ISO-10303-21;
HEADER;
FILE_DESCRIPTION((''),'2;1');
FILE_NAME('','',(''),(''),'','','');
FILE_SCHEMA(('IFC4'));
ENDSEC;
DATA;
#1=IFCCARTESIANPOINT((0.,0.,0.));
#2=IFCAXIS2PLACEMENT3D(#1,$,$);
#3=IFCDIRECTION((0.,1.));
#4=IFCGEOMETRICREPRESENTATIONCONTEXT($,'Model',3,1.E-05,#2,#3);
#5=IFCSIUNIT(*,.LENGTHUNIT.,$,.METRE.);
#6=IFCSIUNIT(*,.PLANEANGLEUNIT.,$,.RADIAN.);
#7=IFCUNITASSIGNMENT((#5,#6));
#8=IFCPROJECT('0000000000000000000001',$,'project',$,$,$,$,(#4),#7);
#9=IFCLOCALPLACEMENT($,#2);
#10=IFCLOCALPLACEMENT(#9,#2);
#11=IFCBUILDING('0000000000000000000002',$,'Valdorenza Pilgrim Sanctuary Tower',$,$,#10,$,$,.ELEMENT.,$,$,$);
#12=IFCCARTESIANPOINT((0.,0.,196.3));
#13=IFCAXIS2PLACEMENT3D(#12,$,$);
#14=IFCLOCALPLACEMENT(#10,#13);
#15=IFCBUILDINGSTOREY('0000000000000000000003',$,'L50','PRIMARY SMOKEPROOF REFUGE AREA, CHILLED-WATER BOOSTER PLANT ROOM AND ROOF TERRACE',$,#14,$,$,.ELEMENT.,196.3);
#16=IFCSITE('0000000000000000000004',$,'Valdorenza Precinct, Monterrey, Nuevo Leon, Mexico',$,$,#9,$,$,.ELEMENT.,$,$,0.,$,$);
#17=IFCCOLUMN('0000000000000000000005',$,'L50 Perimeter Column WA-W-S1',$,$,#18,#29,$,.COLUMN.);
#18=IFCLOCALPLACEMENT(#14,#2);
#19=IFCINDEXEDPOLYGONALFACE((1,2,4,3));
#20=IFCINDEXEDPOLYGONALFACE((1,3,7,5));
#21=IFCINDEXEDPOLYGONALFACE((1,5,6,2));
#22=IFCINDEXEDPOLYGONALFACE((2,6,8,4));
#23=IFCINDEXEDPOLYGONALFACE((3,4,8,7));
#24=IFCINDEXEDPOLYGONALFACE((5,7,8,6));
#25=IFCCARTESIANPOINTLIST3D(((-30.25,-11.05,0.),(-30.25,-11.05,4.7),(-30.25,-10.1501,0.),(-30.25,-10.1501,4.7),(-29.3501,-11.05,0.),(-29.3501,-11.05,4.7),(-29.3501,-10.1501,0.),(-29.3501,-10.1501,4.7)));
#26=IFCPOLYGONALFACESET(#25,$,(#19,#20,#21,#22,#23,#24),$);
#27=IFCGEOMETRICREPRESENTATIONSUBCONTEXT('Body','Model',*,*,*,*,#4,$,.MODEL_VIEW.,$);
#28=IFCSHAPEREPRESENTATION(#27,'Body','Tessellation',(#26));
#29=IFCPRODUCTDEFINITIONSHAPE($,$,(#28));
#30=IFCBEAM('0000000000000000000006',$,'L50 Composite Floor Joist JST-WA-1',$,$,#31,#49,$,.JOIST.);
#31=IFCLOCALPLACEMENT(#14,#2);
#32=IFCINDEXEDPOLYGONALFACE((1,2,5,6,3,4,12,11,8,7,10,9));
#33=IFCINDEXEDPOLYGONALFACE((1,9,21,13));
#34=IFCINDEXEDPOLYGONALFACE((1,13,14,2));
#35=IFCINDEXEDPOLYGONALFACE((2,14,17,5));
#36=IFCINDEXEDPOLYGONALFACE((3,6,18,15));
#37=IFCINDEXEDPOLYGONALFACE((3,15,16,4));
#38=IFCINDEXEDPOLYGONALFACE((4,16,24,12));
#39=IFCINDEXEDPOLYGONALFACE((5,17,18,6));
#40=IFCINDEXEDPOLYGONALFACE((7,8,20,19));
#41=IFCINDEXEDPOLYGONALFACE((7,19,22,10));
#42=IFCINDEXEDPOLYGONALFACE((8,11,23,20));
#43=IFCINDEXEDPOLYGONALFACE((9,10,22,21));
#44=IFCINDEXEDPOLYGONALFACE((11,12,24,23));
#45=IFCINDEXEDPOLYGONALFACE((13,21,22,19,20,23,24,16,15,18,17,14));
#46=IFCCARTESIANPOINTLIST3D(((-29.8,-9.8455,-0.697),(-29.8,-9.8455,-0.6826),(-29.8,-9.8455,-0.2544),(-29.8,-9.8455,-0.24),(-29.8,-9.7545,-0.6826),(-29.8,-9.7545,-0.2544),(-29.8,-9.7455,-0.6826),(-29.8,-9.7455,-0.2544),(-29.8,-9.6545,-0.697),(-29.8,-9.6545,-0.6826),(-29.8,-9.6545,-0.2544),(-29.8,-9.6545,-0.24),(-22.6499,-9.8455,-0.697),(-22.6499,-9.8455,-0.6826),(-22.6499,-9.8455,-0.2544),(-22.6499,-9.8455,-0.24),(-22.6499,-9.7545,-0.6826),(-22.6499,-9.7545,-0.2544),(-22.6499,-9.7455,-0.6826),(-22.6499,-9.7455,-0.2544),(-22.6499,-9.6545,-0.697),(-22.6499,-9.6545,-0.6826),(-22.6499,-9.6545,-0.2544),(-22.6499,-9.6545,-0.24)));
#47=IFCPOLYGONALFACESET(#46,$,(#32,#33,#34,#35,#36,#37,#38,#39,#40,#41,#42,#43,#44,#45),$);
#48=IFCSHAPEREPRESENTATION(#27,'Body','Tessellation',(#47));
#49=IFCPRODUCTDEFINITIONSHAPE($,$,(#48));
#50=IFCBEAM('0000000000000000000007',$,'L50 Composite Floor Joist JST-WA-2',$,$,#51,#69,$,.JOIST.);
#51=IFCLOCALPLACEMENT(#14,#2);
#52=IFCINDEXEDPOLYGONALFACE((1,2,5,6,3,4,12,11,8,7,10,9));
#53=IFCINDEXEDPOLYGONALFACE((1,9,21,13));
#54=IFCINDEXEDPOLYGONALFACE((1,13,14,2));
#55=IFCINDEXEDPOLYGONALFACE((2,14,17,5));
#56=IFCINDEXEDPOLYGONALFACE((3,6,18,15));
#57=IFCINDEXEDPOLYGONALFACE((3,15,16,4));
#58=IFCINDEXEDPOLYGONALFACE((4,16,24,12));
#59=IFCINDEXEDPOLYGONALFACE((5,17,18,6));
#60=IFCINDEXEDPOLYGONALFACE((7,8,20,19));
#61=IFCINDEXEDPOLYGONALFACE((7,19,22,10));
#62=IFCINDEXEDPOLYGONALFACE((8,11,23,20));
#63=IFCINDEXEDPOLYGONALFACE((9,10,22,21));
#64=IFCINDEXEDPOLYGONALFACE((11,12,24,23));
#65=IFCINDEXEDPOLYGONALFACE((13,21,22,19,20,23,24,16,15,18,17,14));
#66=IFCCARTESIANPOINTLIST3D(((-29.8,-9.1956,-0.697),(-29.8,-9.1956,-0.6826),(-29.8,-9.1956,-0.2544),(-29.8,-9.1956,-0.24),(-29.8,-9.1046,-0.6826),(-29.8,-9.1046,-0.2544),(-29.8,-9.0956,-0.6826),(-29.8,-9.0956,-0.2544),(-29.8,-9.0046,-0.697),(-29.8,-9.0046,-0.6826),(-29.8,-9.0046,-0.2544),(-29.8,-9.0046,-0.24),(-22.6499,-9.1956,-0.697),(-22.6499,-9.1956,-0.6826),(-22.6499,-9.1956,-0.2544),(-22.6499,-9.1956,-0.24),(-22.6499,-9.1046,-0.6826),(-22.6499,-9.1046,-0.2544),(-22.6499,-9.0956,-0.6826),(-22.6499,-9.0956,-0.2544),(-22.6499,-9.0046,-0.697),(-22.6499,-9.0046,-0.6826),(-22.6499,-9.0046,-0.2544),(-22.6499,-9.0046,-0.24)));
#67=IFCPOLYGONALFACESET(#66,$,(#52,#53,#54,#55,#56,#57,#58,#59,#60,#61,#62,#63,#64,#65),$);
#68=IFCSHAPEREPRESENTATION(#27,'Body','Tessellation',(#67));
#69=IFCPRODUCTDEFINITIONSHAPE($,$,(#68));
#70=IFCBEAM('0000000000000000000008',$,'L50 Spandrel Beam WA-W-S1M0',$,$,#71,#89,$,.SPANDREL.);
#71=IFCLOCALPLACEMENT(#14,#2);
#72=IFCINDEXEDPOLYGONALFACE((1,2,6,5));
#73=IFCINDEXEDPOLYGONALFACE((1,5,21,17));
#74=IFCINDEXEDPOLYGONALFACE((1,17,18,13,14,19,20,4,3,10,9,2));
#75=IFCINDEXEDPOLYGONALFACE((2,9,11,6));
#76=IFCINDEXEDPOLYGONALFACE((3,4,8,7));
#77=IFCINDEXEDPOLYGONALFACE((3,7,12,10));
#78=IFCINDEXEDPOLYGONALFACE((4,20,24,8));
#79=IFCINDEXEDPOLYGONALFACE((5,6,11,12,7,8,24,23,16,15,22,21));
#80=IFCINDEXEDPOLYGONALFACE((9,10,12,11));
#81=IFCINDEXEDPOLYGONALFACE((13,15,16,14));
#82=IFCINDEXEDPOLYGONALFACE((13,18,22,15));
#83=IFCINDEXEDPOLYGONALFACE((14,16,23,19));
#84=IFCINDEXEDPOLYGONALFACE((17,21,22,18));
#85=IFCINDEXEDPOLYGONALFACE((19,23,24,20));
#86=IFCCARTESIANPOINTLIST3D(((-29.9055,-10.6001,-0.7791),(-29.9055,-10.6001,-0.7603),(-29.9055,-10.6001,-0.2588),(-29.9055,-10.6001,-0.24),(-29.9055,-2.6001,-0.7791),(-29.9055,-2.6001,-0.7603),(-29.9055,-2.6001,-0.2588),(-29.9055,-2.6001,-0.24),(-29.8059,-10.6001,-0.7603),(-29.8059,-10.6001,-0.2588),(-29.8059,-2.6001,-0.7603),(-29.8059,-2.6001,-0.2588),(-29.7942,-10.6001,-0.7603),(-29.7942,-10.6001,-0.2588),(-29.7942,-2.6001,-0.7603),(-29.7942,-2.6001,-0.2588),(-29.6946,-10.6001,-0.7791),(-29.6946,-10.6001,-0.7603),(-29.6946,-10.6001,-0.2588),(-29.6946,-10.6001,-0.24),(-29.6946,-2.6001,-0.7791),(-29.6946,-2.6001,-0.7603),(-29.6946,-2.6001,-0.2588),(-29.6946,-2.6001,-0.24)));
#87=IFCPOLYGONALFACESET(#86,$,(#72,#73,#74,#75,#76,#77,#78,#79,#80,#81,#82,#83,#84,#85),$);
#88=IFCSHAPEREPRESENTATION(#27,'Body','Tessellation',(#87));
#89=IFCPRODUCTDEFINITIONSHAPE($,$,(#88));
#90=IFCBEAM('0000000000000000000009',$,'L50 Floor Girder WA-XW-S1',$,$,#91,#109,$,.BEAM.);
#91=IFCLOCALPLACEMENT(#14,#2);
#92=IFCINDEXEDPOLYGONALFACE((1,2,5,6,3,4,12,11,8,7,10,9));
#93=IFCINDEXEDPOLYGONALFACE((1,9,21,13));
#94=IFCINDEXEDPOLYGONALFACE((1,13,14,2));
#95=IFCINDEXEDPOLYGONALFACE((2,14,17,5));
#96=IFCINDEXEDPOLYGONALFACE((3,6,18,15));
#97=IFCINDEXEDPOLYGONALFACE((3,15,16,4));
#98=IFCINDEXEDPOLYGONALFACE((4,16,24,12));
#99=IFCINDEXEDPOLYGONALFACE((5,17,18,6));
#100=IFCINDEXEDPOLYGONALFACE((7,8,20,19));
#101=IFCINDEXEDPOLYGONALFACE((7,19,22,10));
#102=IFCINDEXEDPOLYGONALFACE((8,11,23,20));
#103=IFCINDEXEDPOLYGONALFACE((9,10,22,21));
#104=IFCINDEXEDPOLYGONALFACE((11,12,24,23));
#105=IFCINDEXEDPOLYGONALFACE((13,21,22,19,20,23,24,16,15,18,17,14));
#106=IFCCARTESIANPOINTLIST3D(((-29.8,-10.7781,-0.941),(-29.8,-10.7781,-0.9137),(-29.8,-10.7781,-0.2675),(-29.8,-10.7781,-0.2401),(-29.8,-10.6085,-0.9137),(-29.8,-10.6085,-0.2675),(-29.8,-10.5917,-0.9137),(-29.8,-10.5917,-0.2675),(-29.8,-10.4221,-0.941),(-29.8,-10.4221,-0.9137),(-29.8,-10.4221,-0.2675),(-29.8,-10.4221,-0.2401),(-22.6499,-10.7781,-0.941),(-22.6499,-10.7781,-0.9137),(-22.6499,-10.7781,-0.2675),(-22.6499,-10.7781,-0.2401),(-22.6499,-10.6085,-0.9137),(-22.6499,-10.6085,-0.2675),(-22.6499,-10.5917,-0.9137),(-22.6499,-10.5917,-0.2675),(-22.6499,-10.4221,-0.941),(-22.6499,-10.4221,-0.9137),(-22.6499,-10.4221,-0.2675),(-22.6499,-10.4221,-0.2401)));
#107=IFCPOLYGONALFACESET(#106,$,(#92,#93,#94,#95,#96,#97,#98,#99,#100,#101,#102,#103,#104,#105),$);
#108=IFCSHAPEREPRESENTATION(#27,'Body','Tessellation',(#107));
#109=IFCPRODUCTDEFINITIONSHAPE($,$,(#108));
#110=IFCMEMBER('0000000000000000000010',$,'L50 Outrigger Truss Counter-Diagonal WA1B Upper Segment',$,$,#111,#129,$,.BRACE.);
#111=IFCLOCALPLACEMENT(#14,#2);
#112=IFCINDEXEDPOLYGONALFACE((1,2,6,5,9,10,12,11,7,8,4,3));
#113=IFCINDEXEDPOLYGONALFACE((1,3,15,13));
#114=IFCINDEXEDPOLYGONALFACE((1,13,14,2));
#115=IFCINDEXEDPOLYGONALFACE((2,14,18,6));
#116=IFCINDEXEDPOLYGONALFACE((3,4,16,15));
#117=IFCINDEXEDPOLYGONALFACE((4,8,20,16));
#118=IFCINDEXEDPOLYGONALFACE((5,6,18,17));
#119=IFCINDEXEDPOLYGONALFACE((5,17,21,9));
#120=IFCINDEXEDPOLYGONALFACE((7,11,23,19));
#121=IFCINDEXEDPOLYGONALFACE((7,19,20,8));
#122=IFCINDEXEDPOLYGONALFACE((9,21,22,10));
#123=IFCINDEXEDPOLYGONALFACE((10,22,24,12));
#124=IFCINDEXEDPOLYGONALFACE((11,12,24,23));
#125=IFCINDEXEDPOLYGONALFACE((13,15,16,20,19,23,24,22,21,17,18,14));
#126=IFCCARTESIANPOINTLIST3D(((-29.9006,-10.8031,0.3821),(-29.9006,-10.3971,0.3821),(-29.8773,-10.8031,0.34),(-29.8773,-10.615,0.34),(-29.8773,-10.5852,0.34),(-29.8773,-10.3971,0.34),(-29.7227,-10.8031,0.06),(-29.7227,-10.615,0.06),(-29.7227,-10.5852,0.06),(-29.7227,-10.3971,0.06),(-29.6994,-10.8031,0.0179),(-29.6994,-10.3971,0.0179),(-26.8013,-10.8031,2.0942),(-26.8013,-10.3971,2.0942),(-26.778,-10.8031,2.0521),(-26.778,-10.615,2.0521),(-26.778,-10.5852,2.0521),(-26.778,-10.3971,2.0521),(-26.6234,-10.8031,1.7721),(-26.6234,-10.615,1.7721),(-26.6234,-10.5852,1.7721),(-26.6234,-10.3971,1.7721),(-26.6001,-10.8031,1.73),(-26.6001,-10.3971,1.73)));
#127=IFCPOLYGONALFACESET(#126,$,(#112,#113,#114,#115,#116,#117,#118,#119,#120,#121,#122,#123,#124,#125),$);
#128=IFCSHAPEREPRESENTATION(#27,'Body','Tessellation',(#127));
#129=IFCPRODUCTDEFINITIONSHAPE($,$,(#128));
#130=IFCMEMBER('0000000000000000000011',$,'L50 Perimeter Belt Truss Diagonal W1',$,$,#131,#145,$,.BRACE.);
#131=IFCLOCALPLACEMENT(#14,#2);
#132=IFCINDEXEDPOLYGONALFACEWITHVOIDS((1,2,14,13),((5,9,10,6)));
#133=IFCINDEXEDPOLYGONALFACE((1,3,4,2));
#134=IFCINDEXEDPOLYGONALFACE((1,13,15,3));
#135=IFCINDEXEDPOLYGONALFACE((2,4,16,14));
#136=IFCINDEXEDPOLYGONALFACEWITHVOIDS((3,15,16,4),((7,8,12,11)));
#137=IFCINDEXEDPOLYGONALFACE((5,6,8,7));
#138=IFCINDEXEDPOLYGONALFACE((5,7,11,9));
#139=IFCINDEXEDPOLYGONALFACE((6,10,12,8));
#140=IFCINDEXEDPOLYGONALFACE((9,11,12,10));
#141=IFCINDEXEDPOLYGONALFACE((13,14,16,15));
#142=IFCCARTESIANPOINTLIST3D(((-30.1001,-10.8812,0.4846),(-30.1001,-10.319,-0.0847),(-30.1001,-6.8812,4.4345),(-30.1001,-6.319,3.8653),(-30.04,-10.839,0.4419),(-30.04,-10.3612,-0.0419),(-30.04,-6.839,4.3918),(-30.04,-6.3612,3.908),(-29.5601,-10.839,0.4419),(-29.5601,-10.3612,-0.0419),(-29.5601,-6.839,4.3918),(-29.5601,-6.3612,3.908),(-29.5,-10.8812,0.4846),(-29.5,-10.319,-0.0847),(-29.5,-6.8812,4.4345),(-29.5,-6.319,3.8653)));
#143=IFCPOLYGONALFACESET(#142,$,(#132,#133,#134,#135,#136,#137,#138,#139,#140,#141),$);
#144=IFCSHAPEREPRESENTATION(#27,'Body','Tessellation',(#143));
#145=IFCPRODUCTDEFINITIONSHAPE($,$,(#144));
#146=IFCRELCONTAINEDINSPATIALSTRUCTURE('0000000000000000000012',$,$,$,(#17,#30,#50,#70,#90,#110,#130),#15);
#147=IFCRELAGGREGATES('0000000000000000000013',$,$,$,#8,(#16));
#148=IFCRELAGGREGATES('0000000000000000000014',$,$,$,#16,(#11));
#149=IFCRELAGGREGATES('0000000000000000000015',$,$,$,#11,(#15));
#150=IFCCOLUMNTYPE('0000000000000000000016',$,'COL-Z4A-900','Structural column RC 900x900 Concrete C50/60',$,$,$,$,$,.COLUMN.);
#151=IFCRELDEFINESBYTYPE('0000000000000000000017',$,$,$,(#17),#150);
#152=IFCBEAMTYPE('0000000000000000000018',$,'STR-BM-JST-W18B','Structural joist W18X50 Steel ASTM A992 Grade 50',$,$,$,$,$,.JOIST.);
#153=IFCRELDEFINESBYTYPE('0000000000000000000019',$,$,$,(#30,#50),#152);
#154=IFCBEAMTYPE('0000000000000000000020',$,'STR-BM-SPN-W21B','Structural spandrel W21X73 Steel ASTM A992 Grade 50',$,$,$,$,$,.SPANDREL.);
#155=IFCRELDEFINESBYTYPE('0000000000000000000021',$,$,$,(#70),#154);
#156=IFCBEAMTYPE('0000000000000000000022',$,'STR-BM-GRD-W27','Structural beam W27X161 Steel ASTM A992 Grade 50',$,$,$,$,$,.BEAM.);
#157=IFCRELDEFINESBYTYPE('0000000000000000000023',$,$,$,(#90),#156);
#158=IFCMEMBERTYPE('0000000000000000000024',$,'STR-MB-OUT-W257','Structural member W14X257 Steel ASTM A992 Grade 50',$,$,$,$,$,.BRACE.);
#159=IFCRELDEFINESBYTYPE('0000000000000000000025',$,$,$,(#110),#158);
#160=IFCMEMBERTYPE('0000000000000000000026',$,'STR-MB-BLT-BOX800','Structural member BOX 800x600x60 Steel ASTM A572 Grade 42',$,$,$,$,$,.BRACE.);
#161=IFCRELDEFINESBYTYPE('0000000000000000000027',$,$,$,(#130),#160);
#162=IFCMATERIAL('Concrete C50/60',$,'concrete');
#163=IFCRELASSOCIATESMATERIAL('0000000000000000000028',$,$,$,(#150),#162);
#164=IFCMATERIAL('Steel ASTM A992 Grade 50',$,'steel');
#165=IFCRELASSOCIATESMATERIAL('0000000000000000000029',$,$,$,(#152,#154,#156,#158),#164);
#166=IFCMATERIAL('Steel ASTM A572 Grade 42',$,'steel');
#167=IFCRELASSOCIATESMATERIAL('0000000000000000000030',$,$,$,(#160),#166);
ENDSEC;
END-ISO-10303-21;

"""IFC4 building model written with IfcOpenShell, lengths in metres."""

from ifc_helpers import new_model, si_unit, direction, frame, origin, origin_2d, place, context, subcontext, project, spatial, rectangle, hollow_rectangle, i_section, extrude, source, transform, mapped, material, material_profile, profile_set, type_object, element, save


model = new_model("IFC4")

# Units and contexts
model_context = context("Model", 3, precision=1e-05, world=origin(), true_north=direction((0.0, 1.0)))
body_context = subcontext(model_context, "Body", "Model", "MODEL_VIEW")
ifc_project = project(units=[si_unit("LENGTHUNIT", "METRE"), si_unit("PLANEANGLEUNIT", "RADIAN")], contexts=[model_context])

# Site, building, storey
site_placement = place(None, origin())
site = spatial("IfcSite", under=ifc_project, at=site_placement, Name="Valdorenza Precinct, Monterrey, Nuevo Leon, Mexico", CompositionType="ELEMENT", RefElevation=0.0)
building_placement = place(site_placement, origin())
building = spatial("IfcBuilding", under=site, at=building_placement, Name="Valdorenza Pilgrim Sanctuary Tower", CompositionType="ELEMENT")
storey_placement = place(building_placement, frame((0.0, 0.0, 196.3)))
storey = spatial("IfcBuildingStorey", under=building, at=storey_placement, Name="L50", Description="PRIMARY SMOKEPROOF REFUGE AREA, CHILLED-WATER BOOSTER PLANT ROOM AND ROOF TERRACE", CompositionType="ELEMENT", Elevation=196.3)

# Column
ifc_material_1 = material(Name="Concrete C50/60", Category="concrete")
ifc_material_profile_1 = material_profile(ifc_material_1, rectangle(XDim=0.8999, YDim=0.8999, at=origin_2d()), Name="RC 900x900")
ifc_profile_set_1 = profile_set([ifc_material_profile_1], Name="Concrete C50/60")
column_type = type_object("IfcColumnType", Name="COL-Z4A-900", Description="Structural column RC 900x900 Concrete C50/60", PredefinedType="COLUMN", material=ifc_profile_set_1)
shared_shape_1 = source(origin(), body_context, "Body", "SweptSolid", [
    extrude(rectangle(XDim=0.8999, YDim=0.8999, at=origin_2d()), origin(), (0.0, 0.0, 1.0), 4.7),
])
column_placement = place(storey_placement, frame((-29.8, -10.6001, 0.0), z_axis=(0.0, 0.0, 1.0), x_axis=(1.0, 0.0, 0.0)))
element("IfcColumn", 1, at=column_placement, inside=storey, type_object=column_type, Name="L50 Perimeter Column WA-W-S1", PredefinedType="COLUMN", context=body_context, shape_type="MappedRepresentation", body=[
    mapped(shared_shape_1, transform((0.0, 0.0, 0.0), x_axis=(1.0, 0.0, 0.0), y_axis=(0.0, 1.0, 0.0), z_axis=(0.0, 0.0, 1.0), scale=1.0)),
])

# Beams
ifc_material_2 = material(Name="Steel ASTM A992 Grade 50", Category="steel")
ifc_material_profile_2 = material_profile(ifc_material_2, i_section(OverallWidth=0.1909, OverallDepth=0.457, WebThickness=0.009, FlangeThickness=0.0144, at=origin_2d()), Name="W18X50")
ifc_profile_set_2 = profile_set([ifc_material_profile_2], Name="Steel ASTM A992 Grade 50")
beam_type_1 = type_object("IfcBeamType", Name="STR-BM-JST-W18B", Description="Structural joist W18X50 Steel ASTM A992 Grade 50", PredefinedType="JOIST", material=ifc_profile_set_2)
shared_shape_2 = source(origin(), body_context, "Body", "SweptSolid", [
    extrude(i_section(OverallWidth=0.1909, OverallDepth=0.457, WebThickness=0.009, FlangeThickness=0.0144, at=origin_2d()), origin(), (0.0, 0.0, 1.0), 7.1501),
])
for number, where, z_axis, x_axis, name in (
    (2, (-29.8, -9.75, -0.4685), (1.0, 0.0, 0.0), (0.0, 1.0, 0.0), "L50 Composite Floor Joist JST-WA-1"),
    (3, (-29.8, -9.1001, -0.4685), (1.0, 0.0, 0.0), (0.0, 1.0, 0.0), "L50 Composite Floor Joist JST-WA-2"),
):
    element("IfcBeam", number, at=place(storey_placement, frame(where, z_axis=z_axis, x_axis=x_axis)), inside=storey, type_object=beam_type_1, Name=name, PredefinedType="JOIST", context=body_context, shape_type="MappedRepresentation", body=[
        mapped(shared_shape_2, transform((0.0, 0.0, 0.0), x_axis=(1.0, 0.0, 0.0), y_axis=(0.0, 1.0, 0.0), z_axis=(0.0, 0.0, 1.0), scale=1.0)),
    ])
ifc_material_profile_3 = material_profile(ifc_material_2, i_section(OverallWidth=0.2109, OverallDepth=0.5391, WebThickness=0.0117, FlangeThickness=0.0188, at=origin_2d()), Name="W21X73")
ifc_profile_set_3 = profile_set([ifc_material_profile_3], Name="Steel ASTM A992 Grade 50")
beam_type_2 = type_object("IfcBeamType", Name="STR-BM-SPN-W21B", Description="Structural spandrel W21X73 Steel ASTM A992 Grade 50", PredefinedType="SPANDREL", material=ifc_profile_set_3)
shared_shape_3 = source(origin(), body_context, "Body", "SweptSolid", [
    extrude(i_section(OverallWidth=0.2109, OverallDepth=0.5391, WebThickness=0.0117, FlangeThickness=0.0188, at=origin_2d()), origin(), (0.0, 0.0, 1.0), 8.0),
])
beam_1_placement = place(storey_placement, frame((-29.8, -10.6001, -0.5095), z_axis=(0.0, 1.0, 0.0), x_axis=(-1.0, 0.0, 0.0)))
element("IfcBeam", 4, at=beam_1_placement, inside=storey, type_object=beam_type_2, Name="L50 Spandrel Beam WA-W-S1M0", PredefinedType="SPANDREL", context=body_context, shape_type="MappedRepresentation", body=[
    mapped(shared_shape_3, transform((0.0, 0.0, 0.0), x_axis=(1.0, 0.0, 0.0), y_axis=(0.0, 1.0, 0.0), z_axis=(0.0, 0.0, 1.0), scale=1.0)),
])
ifc_material_profile_4 = material_profile(ifc_material_2, i_section(OverallWidth=0.356, OverallDepth=0.7009, WebThickness=0.0168, FlangeThickness=0.0273, at=origin_2d()), Name="W27X161")
ifc_profile_set_4 = profile_set([ifc_material_profile_4], Name="Steel ASTM A992 Grade 50")
beam_type_3 = type_object("IfcBeamType", Name="STR-BM-GRD-W27", Description="Structural beam W27X161 Steel ASTM A992 Grade 50", PredefinedType="BEAM", material=ifc_profile_set_4)
shared_shape_4 = source(origin(), body_context, "Body", "SweptSolid", [
    extrude(i_section(OverallWidth=0.356, OverallDepth=0.7009, WebThickness=0.0168, FlangeThickness=0.0273, at=origin_2d()), origin(), (0.0, 0.0, 1.0), 7.1501),
])
beam_2_placement = place(storey_placement, frame((-29.8, -10.6001, -0.5906), z_axis=(1.0, 0.0, 0.0), x_axis=(0.0, 1.0, 0.0)))
element("IfcBeam", 5, at=beam_2_placement, inside=storey, type_object=beam_type_3, Name="L50 Floor Girder WA-XW-S1", PredefinedType="BEAM", context=body_context, shape_type="MappedRepresentation", body=[
    mapped(shared_shape_4, transform((0.0, 0.0, 0.0), x_axis=(1.0, 0.0, 0.0), y_axis=(0.0, 1.0, 0.0), z_axis=(0.0, 0.0, 1.0), scale=1.0)),
])

# Members
ifc_material_profile_5 = material_profile(ifc_material_2, i_section(OverallWidth=0.406, OverallDepth=0.416, WebThickness=0.0298, FlangeThickness=0.0481, at=origin_2d()), Name="W14X257")
ifc_profile_set_5 = profile_set([ifc_material_profile_5], Name="Steel ASTM A992 Grade 50")
member_type_1 = type_object("IfcMemberType", Name="STR-MB-OUT-W257", Description="Structural member W14X257 Steel ASTM A992 Grade 50", PredefinedType="BRACE", material=ifc_profile_set_5)
shared_shape_5 = source(origin(), body_context, "Body", "SweptSolid", [
    extrude(i_section(OverallWidth=0.406, OverallDepth=0.416, WebThickness=0.0298, FlangeThickness=0.0481, at=origin_2d()), origin(), (0.0, 0.0, 1.0), 3.5408),
])
member_1_placement = place(storey_placement, frame((-26.7007, -10.6001, 1.9121), z_axis=(-0.875319, 0.0, -0.483546), x_axis=(0.0, -1.0, 0.0)))
element("IfcMember", 6, at=member_1_placement, inside=storey, type_object=member_type_1, Name="L50 Outrigger Truss Counter-Diagonal WA1B Upper Segment", PredefinedType="BRACE", context=body_context, shape_type="MappedRepresentation", body=[
    mapped(shared_shape_5, transform((0.0, 0.0, 0.0), x_axis=(1.0, 0.0, 0.0), y_axis=(0.0, 1.0, 0.0), z_axis=(0.0, 0.0, 1.0), scale=1.0)),
])
ifc_material_3 = material(Name="Steel ASTM A572 Grade 42", Category="steel")
ifc_material_profile_6 = material_profile(ifc_material_3, hollow_rectangle(XDim=0.6001, YDim=0.8, WallThickness=0.0601, at=origin_2d()), Name="BOX 800x600x60")
ifc_profile_set_6 = profile_set([ifc_material_profile_6], Name="Steel ASTM A572 Grade 42")
member_type_2 = type_object("IfcMemberType", Name="STR-MB-BLT-BOX800", Description="Structural member BOX 800x600x60 Steel ASTM A572 Grade 42", PredefinedType="BRACE", material=ifc_profile_set_6)
shared_shape_6 = source(origin(), body_context, "Body", "SweptSolid", [
    extrude(hollow_rectangle(XDim=0.6001, YDim=0.8, WallThickness=0.0601, at=origin_2d()), origin(), (0.0, 0.0, 1.0), 5.6216),
])
member_2_placement = place(storey_placement, frame((-29.8, -10.6001, 0.2), z_axis=(0.0, 0.711544, 0.702641), x_axis=(-1.0, 0.0, 0.0)))
element("IfcMember", 7, at=member_2_placement, inside=storey, type_object=member_type_2, Name="L50 Perimeter Belt Truss Diagonal W1", PredefinedType="BRACE", context=body_context, shape_type="MappedRepresentation", body=[
    mapped(shared_shape_6, transform((0.0, 0.0, 0.0), x_axis=(1.0, 0.0, 0.0), y_axis=(0.0, 1.0, 0.0), z_axis=(0.0, 0.0, 1.0), scale=1.0)),
])

save(model, "model.ifc")
